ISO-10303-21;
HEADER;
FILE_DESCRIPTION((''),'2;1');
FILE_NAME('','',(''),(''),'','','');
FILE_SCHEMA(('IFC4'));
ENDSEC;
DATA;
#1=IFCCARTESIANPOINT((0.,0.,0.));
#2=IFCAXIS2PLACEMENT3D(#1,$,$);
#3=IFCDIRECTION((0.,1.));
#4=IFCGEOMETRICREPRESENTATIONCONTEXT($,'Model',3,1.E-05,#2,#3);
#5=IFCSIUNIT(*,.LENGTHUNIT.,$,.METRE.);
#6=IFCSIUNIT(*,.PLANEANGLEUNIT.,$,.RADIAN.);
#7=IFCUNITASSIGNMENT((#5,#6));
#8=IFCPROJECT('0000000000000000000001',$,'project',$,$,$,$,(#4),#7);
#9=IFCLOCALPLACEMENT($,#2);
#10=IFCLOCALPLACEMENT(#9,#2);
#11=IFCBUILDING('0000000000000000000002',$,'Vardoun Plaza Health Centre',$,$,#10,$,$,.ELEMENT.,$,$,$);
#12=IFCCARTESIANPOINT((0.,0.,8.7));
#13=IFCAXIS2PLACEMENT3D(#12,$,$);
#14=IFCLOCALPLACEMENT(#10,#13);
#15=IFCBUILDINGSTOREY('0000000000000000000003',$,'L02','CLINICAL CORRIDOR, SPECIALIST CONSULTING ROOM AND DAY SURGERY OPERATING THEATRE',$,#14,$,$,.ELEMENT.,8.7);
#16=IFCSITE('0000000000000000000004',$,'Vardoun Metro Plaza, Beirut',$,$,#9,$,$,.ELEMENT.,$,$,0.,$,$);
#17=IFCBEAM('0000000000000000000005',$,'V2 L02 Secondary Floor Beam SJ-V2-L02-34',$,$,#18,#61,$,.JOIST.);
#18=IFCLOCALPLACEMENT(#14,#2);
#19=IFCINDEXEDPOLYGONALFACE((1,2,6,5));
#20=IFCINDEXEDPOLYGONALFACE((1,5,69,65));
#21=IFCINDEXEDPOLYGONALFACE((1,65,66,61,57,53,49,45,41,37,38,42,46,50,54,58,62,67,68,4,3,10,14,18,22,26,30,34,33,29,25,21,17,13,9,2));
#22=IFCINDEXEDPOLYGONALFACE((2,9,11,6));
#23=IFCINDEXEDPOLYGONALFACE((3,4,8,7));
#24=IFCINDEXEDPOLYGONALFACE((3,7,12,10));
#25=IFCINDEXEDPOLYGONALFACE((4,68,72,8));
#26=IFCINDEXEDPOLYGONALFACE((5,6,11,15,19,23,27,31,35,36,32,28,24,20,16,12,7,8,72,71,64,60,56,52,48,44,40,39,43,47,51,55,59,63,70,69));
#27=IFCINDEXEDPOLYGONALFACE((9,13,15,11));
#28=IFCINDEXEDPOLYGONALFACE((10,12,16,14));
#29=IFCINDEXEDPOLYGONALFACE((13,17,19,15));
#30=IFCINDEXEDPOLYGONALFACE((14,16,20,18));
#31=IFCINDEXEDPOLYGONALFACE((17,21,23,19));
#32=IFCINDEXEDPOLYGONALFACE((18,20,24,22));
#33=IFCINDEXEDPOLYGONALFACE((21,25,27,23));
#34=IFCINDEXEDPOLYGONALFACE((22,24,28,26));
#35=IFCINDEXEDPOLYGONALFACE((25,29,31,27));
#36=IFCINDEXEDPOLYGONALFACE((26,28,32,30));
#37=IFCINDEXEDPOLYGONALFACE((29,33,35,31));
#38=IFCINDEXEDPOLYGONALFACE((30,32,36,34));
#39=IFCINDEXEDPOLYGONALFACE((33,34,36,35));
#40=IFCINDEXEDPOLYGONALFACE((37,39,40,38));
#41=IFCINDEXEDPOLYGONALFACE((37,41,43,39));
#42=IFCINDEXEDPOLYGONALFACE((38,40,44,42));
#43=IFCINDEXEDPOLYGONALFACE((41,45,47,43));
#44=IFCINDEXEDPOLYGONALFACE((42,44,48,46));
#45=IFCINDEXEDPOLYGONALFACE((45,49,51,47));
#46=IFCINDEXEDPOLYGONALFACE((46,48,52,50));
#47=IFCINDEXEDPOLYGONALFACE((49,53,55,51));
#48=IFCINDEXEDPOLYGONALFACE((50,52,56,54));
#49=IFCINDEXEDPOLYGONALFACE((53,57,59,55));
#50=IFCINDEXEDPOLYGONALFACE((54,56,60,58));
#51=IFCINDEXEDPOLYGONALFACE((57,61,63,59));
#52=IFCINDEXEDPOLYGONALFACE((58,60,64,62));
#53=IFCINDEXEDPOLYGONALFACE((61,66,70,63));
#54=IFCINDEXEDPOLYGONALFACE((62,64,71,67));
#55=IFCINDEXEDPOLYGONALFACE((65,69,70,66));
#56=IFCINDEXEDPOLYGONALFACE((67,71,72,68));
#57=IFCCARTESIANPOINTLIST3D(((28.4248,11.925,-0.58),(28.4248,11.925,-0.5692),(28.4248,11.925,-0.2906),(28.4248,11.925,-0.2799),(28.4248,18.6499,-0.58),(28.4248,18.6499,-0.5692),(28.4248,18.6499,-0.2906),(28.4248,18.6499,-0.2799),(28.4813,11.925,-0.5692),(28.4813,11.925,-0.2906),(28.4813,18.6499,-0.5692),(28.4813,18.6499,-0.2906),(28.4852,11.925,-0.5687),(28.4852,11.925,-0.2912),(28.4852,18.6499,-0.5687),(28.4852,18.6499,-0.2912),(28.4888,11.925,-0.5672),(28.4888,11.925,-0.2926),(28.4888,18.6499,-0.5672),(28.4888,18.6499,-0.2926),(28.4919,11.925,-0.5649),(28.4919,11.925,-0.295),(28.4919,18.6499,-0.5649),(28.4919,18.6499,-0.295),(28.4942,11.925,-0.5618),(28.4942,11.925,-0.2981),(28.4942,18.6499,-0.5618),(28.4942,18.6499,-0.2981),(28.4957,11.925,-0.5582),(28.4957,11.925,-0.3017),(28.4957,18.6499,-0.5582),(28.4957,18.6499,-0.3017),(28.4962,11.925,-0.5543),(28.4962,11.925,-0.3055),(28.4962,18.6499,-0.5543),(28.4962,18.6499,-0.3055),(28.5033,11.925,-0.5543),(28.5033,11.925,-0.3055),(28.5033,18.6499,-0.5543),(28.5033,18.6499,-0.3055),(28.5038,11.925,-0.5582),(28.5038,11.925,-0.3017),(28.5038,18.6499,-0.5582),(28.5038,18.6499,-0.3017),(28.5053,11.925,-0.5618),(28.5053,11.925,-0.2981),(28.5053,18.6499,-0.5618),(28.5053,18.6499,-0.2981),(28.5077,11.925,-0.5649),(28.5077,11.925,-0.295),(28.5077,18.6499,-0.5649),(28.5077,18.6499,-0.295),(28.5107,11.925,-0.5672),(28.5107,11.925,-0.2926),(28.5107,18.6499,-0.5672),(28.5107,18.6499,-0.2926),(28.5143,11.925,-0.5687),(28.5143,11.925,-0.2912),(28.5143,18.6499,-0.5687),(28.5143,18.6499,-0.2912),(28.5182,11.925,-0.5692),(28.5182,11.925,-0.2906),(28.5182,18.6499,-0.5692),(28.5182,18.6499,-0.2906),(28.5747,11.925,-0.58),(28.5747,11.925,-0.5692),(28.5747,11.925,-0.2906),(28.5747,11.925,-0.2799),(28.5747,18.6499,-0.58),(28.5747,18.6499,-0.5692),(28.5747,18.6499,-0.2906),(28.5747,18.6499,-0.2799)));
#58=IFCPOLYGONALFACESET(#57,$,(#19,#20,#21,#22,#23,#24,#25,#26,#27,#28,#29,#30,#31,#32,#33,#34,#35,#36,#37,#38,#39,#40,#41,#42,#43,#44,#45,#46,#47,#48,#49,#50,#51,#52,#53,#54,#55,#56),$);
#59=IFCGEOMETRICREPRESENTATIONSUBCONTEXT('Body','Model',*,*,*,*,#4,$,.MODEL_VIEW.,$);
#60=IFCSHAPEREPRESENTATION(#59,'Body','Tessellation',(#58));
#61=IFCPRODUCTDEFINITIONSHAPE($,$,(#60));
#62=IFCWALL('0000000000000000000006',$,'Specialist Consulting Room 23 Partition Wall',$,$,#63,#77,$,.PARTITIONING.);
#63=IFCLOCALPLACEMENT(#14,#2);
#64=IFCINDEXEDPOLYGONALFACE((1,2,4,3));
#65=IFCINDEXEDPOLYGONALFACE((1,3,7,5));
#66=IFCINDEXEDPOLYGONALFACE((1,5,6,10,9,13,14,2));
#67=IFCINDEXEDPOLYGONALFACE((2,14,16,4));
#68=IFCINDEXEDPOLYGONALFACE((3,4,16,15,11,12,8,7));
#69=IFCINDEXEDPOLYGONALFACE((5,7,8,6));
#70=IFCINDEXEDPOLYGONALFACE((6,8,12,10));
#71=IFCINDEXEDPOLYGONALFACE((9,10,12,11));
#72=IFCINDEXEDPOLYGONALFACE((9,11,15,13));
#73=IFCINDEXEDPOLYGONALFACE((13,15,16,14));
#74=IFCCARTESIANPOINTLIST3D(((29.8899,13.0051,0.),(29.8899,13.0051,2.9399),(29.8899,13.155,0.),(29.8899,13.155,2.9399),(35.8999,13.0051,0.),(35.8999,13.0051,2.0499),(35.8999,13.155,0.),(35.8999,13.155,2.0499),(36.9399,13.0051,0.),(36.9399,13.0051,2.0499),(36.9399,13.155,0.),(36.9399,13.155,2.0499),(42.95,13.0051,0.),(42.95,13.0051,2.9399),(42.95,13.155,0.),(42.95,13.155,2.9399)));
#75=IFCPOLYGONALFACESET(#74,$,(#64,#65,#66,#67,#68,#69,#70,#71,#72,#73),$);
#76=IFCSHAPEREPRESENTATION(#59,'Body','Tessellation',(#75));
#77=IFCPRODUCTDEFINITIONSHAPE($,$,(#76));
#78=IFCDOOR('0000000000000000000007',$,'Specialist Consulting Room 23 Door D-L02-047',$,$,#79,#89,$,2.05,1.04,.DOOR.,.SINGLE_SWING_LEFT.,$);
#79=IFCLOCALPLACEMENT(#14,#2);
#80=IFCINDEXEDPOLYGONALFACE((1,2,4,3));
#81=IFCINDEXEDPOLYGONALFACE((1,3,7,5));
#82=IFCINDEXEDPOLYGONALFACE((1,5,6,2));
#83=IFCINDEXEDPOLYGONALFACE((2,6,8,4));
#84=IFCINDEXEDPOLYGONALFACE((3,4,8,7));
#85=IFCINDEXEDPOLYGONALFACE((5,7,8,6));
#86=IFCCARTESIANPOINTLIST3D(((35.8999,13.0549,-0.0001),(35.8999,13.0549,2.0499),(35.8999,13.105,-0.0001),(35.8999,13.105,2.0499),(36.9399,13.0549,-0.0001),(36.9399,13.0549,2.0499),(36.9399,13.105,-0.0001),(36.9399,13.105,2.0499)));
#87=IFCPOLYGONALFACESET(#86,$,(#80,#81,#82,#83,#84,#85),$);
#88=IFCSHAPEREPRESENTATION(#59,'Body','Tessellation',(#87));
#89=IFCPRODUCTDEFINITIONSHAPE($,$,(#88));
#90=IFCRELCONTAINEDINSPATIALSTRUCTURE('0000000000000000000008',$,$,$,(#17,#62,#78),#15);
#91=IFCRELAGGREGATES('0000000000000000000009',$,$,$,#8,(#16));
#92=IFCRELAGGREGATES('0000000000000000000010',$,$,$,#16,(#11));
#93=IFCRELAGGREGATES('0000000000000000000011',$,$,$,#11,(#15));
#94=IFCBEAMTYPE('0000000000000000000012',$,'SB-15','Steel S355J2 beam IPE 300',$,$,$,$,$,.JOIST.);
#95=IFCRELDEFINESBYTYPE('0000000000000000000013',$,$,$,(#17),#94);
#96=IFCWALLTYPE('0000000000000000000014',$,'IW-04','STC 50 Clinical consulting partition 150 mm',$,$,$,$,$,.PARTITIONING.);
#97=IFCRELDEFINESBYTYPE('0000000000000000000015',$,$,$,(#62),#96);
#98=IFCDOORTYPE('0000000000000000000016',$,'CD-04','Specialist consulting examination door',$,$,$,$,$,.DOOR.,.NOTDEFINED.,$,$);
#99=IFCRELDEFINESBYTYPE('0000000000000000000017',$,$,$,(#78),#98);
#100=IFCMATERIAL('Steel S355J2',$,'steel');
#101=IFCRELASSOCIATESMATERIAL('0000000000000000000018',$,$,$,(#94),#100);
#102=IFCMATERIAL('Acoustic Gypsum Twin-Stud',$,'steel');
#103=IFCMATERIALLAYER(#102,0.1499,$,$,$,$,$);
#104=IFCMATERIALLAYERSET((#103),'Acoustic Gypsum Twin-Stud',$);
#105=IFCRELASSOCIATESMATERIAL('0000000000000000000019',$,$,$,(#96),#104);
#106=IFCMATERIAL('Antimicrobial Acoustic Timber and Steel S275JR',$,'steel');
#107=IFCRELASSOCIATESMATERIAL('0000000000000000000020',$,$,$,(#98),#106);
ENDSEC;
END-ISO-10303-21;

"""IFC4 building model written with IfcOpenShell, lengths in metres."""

from ifc_helpers import new_model, si_unit, direction, frame, frame_2d, origin, origin_2d, place, context, subcontext, project, spatial, rectangle, i_section, extrude, material, layer, layer_set, material_profile, profile_set, type_object, element, fill, save


model = new_model("IFC4")

# Units and contexts
model_context = context("Model", 3, precision=1e-05, world=origin(), true_north=direction((0.0, 1.0)))
body_context = subcontext(model_context, "Body", "Model", "MODEL_VIEW")
ifc_project = project(units=[si_unit("LENGTHUNIT", "METRE"), si_unit("PLANEANGLEUNIT", "RADIAN")], contexts=[model_context])

# Site, building, storey
site_placement = place(None, origin())
site = spatial("IfcSite", under=ifc_project, at=site_placement, Name="Vardoun Metro Plaza, Beirut", CompositionType="ELEMENT", RefElevation=0.0)
building_placement = place(site_placement, origin())
building = spatial("IfcBuilding", under=site, at=building_placement, Name="Vardoun Plaza Health Centre", CompositionType="ELEMENT")
storey_placement = place(building_placement, frame((0.0, 0.0, 8.7)))
storey = spatial("IfcBuildingStorey", under=building, at=storey_placement, Name="L02", Description="CLINICAL CORRIDOR, SPECIALIST CONSULTING ROOM AND DAY SURGERY OPERATING THEATRE", CompositionType="ELEMENT", Elevation=8.7)

# Beam
ifc_material_1 = material(Name="Steel S355J2", Category="steel")
ifc_material_profile_1 = material_profile(ifc_material_1, i_section(OverallWidth=0.1499, OverallDepth=0.3, WebThickness=0.0071, FlangeThickness=0.0107, FilletRadius=0.0149, at=origin_2d()), Name="IPE 300")
ifc_profile_set_1 = profile_set([ifc_material_profile_1], Name="Steel S355J2")
beam_type_1 = type_object("IfcBeamType", Name="SB-15", Description="Steel S355J2 beam IPE 300", PredefinedType="JOIST", material=ifc_profile_set_1)
beam_1_placement = place(storey_placement, frame((28.4998, 11.925, -0.4299), z_axis=(0.0, 1.0, 0.0), x_axis=(-1.0, 0.0, 0.0)))
element("IfcBeam", 1, at=beam_1_placement, inside=storey, type_object=beam_type_1, Name="V2 L02 Secondary Floor Beam SJ-V2-L02-34", PredefinedType="JOIST", context=body_context, shape_type="SweptSolid", body=[
    extrude(i_section(OverallWidth=0.1499, OverallDepth=0.3, WebThickness=0.0071, FlangeThickness=0.0107, FilletRadius=0.0149, at=origin_2d()), origin(), (0.0, 0.0, 1.0), 6.7249),
])

# Wall, opening, door
ifc_material_2 = material(Name="Acoustic Gypsum Twin-Stud", Category="steel")
ifc_layer_1 = layer(ifc_material_2, 0.1499)
ifc_layer_set_1 = layer_set([ifc_layer_1], Name="Acoustic Gypsum Twin-Stud")
wall_type_1 = type_object("IfcWallType", Name="IW-04", Description="STC 50 Clinical consulting partition 150 mm", PredefinedType="PARTITIONING", material=ifc_layer_set_1)
wall_1_placement = place(storey_placement, frame((29.8899, 13.0801, 0.0), z_axis=(0.0, 0.0, 1.0), x_axis=(1.0, 0.0, 0.0)))
wall_1 = element("IfcWall", 2, at=wall_1_placement, inside=storey, type_object=wall_type_1, Name="Specialist Consulting Room 23 Partition Wall", PredefinedType="PARTITIONING", context=body_context, shape_type="SweptSolid", body=[
    extrude(rectangle(XDim=13.0601, YDim=0.1499, at=frame_2d((6.53, 0.0))), origin(), (0.0, 0.0, 1.0), 2.9399),
])
opening_1_placement = place(wall_1_placement, frame((6.01, 0.0, 0.0)))
opening_1 = element("IfcOpeningElement", 3, at=opening_1_placement, cuts=wall_1, PredefinedType="OPENING", context=body_context, shape_type="SweptSolid", body=[
    extrude(rectangle(XDim=1.04, YDim=2.05, at=frame_2d((0.52, 1.0249))), frame((0.0, 0.075, 0.0), z_axis=(0.0, -1.0, 0.0), x_axis=(1.0, 0.0, 0.0)), (0.0, 0.0, 1.0), 0.1499),
])
ifc_material_3 = material(Name="Antimicrobial Acoustic Timber and Steel S275JR", Category="steel")
door_type = type_object("IfcDoorType", Name="CD-04", Description="Specialist consulting examination door", OperationType="NOTDEFINED", PredefinedType="DOOR", material=ifc_material_3)
door_placement = place(opening_1_placement, origin())
door = element("IfcDoor", 4, at=door_placement, inside=storey, type_object=door_type, Name="Specialist Consulting Room 23 Door D-L02-047", OperationType="SINGLE_SWING_LEFT", OverallHeight=2.05, OverallWidth=1.04, PredefinedType="DOOR", context=body_context, shape_type="SweptSolid", body=[
    extrude(rectangle(XDim=1.04, YDim=2.05, at=frame_2d((0.52, 1.0249))), frame((0.0, 0.0249, 0.0), z_axis=(0.0, -1.0, 0.0), x_axis=(1.0, 0.0, 0.0)), (0.0, 0.0, 1.0), 0.05),
])
fill(opening_1, door)

save(model, "model.ifc")
